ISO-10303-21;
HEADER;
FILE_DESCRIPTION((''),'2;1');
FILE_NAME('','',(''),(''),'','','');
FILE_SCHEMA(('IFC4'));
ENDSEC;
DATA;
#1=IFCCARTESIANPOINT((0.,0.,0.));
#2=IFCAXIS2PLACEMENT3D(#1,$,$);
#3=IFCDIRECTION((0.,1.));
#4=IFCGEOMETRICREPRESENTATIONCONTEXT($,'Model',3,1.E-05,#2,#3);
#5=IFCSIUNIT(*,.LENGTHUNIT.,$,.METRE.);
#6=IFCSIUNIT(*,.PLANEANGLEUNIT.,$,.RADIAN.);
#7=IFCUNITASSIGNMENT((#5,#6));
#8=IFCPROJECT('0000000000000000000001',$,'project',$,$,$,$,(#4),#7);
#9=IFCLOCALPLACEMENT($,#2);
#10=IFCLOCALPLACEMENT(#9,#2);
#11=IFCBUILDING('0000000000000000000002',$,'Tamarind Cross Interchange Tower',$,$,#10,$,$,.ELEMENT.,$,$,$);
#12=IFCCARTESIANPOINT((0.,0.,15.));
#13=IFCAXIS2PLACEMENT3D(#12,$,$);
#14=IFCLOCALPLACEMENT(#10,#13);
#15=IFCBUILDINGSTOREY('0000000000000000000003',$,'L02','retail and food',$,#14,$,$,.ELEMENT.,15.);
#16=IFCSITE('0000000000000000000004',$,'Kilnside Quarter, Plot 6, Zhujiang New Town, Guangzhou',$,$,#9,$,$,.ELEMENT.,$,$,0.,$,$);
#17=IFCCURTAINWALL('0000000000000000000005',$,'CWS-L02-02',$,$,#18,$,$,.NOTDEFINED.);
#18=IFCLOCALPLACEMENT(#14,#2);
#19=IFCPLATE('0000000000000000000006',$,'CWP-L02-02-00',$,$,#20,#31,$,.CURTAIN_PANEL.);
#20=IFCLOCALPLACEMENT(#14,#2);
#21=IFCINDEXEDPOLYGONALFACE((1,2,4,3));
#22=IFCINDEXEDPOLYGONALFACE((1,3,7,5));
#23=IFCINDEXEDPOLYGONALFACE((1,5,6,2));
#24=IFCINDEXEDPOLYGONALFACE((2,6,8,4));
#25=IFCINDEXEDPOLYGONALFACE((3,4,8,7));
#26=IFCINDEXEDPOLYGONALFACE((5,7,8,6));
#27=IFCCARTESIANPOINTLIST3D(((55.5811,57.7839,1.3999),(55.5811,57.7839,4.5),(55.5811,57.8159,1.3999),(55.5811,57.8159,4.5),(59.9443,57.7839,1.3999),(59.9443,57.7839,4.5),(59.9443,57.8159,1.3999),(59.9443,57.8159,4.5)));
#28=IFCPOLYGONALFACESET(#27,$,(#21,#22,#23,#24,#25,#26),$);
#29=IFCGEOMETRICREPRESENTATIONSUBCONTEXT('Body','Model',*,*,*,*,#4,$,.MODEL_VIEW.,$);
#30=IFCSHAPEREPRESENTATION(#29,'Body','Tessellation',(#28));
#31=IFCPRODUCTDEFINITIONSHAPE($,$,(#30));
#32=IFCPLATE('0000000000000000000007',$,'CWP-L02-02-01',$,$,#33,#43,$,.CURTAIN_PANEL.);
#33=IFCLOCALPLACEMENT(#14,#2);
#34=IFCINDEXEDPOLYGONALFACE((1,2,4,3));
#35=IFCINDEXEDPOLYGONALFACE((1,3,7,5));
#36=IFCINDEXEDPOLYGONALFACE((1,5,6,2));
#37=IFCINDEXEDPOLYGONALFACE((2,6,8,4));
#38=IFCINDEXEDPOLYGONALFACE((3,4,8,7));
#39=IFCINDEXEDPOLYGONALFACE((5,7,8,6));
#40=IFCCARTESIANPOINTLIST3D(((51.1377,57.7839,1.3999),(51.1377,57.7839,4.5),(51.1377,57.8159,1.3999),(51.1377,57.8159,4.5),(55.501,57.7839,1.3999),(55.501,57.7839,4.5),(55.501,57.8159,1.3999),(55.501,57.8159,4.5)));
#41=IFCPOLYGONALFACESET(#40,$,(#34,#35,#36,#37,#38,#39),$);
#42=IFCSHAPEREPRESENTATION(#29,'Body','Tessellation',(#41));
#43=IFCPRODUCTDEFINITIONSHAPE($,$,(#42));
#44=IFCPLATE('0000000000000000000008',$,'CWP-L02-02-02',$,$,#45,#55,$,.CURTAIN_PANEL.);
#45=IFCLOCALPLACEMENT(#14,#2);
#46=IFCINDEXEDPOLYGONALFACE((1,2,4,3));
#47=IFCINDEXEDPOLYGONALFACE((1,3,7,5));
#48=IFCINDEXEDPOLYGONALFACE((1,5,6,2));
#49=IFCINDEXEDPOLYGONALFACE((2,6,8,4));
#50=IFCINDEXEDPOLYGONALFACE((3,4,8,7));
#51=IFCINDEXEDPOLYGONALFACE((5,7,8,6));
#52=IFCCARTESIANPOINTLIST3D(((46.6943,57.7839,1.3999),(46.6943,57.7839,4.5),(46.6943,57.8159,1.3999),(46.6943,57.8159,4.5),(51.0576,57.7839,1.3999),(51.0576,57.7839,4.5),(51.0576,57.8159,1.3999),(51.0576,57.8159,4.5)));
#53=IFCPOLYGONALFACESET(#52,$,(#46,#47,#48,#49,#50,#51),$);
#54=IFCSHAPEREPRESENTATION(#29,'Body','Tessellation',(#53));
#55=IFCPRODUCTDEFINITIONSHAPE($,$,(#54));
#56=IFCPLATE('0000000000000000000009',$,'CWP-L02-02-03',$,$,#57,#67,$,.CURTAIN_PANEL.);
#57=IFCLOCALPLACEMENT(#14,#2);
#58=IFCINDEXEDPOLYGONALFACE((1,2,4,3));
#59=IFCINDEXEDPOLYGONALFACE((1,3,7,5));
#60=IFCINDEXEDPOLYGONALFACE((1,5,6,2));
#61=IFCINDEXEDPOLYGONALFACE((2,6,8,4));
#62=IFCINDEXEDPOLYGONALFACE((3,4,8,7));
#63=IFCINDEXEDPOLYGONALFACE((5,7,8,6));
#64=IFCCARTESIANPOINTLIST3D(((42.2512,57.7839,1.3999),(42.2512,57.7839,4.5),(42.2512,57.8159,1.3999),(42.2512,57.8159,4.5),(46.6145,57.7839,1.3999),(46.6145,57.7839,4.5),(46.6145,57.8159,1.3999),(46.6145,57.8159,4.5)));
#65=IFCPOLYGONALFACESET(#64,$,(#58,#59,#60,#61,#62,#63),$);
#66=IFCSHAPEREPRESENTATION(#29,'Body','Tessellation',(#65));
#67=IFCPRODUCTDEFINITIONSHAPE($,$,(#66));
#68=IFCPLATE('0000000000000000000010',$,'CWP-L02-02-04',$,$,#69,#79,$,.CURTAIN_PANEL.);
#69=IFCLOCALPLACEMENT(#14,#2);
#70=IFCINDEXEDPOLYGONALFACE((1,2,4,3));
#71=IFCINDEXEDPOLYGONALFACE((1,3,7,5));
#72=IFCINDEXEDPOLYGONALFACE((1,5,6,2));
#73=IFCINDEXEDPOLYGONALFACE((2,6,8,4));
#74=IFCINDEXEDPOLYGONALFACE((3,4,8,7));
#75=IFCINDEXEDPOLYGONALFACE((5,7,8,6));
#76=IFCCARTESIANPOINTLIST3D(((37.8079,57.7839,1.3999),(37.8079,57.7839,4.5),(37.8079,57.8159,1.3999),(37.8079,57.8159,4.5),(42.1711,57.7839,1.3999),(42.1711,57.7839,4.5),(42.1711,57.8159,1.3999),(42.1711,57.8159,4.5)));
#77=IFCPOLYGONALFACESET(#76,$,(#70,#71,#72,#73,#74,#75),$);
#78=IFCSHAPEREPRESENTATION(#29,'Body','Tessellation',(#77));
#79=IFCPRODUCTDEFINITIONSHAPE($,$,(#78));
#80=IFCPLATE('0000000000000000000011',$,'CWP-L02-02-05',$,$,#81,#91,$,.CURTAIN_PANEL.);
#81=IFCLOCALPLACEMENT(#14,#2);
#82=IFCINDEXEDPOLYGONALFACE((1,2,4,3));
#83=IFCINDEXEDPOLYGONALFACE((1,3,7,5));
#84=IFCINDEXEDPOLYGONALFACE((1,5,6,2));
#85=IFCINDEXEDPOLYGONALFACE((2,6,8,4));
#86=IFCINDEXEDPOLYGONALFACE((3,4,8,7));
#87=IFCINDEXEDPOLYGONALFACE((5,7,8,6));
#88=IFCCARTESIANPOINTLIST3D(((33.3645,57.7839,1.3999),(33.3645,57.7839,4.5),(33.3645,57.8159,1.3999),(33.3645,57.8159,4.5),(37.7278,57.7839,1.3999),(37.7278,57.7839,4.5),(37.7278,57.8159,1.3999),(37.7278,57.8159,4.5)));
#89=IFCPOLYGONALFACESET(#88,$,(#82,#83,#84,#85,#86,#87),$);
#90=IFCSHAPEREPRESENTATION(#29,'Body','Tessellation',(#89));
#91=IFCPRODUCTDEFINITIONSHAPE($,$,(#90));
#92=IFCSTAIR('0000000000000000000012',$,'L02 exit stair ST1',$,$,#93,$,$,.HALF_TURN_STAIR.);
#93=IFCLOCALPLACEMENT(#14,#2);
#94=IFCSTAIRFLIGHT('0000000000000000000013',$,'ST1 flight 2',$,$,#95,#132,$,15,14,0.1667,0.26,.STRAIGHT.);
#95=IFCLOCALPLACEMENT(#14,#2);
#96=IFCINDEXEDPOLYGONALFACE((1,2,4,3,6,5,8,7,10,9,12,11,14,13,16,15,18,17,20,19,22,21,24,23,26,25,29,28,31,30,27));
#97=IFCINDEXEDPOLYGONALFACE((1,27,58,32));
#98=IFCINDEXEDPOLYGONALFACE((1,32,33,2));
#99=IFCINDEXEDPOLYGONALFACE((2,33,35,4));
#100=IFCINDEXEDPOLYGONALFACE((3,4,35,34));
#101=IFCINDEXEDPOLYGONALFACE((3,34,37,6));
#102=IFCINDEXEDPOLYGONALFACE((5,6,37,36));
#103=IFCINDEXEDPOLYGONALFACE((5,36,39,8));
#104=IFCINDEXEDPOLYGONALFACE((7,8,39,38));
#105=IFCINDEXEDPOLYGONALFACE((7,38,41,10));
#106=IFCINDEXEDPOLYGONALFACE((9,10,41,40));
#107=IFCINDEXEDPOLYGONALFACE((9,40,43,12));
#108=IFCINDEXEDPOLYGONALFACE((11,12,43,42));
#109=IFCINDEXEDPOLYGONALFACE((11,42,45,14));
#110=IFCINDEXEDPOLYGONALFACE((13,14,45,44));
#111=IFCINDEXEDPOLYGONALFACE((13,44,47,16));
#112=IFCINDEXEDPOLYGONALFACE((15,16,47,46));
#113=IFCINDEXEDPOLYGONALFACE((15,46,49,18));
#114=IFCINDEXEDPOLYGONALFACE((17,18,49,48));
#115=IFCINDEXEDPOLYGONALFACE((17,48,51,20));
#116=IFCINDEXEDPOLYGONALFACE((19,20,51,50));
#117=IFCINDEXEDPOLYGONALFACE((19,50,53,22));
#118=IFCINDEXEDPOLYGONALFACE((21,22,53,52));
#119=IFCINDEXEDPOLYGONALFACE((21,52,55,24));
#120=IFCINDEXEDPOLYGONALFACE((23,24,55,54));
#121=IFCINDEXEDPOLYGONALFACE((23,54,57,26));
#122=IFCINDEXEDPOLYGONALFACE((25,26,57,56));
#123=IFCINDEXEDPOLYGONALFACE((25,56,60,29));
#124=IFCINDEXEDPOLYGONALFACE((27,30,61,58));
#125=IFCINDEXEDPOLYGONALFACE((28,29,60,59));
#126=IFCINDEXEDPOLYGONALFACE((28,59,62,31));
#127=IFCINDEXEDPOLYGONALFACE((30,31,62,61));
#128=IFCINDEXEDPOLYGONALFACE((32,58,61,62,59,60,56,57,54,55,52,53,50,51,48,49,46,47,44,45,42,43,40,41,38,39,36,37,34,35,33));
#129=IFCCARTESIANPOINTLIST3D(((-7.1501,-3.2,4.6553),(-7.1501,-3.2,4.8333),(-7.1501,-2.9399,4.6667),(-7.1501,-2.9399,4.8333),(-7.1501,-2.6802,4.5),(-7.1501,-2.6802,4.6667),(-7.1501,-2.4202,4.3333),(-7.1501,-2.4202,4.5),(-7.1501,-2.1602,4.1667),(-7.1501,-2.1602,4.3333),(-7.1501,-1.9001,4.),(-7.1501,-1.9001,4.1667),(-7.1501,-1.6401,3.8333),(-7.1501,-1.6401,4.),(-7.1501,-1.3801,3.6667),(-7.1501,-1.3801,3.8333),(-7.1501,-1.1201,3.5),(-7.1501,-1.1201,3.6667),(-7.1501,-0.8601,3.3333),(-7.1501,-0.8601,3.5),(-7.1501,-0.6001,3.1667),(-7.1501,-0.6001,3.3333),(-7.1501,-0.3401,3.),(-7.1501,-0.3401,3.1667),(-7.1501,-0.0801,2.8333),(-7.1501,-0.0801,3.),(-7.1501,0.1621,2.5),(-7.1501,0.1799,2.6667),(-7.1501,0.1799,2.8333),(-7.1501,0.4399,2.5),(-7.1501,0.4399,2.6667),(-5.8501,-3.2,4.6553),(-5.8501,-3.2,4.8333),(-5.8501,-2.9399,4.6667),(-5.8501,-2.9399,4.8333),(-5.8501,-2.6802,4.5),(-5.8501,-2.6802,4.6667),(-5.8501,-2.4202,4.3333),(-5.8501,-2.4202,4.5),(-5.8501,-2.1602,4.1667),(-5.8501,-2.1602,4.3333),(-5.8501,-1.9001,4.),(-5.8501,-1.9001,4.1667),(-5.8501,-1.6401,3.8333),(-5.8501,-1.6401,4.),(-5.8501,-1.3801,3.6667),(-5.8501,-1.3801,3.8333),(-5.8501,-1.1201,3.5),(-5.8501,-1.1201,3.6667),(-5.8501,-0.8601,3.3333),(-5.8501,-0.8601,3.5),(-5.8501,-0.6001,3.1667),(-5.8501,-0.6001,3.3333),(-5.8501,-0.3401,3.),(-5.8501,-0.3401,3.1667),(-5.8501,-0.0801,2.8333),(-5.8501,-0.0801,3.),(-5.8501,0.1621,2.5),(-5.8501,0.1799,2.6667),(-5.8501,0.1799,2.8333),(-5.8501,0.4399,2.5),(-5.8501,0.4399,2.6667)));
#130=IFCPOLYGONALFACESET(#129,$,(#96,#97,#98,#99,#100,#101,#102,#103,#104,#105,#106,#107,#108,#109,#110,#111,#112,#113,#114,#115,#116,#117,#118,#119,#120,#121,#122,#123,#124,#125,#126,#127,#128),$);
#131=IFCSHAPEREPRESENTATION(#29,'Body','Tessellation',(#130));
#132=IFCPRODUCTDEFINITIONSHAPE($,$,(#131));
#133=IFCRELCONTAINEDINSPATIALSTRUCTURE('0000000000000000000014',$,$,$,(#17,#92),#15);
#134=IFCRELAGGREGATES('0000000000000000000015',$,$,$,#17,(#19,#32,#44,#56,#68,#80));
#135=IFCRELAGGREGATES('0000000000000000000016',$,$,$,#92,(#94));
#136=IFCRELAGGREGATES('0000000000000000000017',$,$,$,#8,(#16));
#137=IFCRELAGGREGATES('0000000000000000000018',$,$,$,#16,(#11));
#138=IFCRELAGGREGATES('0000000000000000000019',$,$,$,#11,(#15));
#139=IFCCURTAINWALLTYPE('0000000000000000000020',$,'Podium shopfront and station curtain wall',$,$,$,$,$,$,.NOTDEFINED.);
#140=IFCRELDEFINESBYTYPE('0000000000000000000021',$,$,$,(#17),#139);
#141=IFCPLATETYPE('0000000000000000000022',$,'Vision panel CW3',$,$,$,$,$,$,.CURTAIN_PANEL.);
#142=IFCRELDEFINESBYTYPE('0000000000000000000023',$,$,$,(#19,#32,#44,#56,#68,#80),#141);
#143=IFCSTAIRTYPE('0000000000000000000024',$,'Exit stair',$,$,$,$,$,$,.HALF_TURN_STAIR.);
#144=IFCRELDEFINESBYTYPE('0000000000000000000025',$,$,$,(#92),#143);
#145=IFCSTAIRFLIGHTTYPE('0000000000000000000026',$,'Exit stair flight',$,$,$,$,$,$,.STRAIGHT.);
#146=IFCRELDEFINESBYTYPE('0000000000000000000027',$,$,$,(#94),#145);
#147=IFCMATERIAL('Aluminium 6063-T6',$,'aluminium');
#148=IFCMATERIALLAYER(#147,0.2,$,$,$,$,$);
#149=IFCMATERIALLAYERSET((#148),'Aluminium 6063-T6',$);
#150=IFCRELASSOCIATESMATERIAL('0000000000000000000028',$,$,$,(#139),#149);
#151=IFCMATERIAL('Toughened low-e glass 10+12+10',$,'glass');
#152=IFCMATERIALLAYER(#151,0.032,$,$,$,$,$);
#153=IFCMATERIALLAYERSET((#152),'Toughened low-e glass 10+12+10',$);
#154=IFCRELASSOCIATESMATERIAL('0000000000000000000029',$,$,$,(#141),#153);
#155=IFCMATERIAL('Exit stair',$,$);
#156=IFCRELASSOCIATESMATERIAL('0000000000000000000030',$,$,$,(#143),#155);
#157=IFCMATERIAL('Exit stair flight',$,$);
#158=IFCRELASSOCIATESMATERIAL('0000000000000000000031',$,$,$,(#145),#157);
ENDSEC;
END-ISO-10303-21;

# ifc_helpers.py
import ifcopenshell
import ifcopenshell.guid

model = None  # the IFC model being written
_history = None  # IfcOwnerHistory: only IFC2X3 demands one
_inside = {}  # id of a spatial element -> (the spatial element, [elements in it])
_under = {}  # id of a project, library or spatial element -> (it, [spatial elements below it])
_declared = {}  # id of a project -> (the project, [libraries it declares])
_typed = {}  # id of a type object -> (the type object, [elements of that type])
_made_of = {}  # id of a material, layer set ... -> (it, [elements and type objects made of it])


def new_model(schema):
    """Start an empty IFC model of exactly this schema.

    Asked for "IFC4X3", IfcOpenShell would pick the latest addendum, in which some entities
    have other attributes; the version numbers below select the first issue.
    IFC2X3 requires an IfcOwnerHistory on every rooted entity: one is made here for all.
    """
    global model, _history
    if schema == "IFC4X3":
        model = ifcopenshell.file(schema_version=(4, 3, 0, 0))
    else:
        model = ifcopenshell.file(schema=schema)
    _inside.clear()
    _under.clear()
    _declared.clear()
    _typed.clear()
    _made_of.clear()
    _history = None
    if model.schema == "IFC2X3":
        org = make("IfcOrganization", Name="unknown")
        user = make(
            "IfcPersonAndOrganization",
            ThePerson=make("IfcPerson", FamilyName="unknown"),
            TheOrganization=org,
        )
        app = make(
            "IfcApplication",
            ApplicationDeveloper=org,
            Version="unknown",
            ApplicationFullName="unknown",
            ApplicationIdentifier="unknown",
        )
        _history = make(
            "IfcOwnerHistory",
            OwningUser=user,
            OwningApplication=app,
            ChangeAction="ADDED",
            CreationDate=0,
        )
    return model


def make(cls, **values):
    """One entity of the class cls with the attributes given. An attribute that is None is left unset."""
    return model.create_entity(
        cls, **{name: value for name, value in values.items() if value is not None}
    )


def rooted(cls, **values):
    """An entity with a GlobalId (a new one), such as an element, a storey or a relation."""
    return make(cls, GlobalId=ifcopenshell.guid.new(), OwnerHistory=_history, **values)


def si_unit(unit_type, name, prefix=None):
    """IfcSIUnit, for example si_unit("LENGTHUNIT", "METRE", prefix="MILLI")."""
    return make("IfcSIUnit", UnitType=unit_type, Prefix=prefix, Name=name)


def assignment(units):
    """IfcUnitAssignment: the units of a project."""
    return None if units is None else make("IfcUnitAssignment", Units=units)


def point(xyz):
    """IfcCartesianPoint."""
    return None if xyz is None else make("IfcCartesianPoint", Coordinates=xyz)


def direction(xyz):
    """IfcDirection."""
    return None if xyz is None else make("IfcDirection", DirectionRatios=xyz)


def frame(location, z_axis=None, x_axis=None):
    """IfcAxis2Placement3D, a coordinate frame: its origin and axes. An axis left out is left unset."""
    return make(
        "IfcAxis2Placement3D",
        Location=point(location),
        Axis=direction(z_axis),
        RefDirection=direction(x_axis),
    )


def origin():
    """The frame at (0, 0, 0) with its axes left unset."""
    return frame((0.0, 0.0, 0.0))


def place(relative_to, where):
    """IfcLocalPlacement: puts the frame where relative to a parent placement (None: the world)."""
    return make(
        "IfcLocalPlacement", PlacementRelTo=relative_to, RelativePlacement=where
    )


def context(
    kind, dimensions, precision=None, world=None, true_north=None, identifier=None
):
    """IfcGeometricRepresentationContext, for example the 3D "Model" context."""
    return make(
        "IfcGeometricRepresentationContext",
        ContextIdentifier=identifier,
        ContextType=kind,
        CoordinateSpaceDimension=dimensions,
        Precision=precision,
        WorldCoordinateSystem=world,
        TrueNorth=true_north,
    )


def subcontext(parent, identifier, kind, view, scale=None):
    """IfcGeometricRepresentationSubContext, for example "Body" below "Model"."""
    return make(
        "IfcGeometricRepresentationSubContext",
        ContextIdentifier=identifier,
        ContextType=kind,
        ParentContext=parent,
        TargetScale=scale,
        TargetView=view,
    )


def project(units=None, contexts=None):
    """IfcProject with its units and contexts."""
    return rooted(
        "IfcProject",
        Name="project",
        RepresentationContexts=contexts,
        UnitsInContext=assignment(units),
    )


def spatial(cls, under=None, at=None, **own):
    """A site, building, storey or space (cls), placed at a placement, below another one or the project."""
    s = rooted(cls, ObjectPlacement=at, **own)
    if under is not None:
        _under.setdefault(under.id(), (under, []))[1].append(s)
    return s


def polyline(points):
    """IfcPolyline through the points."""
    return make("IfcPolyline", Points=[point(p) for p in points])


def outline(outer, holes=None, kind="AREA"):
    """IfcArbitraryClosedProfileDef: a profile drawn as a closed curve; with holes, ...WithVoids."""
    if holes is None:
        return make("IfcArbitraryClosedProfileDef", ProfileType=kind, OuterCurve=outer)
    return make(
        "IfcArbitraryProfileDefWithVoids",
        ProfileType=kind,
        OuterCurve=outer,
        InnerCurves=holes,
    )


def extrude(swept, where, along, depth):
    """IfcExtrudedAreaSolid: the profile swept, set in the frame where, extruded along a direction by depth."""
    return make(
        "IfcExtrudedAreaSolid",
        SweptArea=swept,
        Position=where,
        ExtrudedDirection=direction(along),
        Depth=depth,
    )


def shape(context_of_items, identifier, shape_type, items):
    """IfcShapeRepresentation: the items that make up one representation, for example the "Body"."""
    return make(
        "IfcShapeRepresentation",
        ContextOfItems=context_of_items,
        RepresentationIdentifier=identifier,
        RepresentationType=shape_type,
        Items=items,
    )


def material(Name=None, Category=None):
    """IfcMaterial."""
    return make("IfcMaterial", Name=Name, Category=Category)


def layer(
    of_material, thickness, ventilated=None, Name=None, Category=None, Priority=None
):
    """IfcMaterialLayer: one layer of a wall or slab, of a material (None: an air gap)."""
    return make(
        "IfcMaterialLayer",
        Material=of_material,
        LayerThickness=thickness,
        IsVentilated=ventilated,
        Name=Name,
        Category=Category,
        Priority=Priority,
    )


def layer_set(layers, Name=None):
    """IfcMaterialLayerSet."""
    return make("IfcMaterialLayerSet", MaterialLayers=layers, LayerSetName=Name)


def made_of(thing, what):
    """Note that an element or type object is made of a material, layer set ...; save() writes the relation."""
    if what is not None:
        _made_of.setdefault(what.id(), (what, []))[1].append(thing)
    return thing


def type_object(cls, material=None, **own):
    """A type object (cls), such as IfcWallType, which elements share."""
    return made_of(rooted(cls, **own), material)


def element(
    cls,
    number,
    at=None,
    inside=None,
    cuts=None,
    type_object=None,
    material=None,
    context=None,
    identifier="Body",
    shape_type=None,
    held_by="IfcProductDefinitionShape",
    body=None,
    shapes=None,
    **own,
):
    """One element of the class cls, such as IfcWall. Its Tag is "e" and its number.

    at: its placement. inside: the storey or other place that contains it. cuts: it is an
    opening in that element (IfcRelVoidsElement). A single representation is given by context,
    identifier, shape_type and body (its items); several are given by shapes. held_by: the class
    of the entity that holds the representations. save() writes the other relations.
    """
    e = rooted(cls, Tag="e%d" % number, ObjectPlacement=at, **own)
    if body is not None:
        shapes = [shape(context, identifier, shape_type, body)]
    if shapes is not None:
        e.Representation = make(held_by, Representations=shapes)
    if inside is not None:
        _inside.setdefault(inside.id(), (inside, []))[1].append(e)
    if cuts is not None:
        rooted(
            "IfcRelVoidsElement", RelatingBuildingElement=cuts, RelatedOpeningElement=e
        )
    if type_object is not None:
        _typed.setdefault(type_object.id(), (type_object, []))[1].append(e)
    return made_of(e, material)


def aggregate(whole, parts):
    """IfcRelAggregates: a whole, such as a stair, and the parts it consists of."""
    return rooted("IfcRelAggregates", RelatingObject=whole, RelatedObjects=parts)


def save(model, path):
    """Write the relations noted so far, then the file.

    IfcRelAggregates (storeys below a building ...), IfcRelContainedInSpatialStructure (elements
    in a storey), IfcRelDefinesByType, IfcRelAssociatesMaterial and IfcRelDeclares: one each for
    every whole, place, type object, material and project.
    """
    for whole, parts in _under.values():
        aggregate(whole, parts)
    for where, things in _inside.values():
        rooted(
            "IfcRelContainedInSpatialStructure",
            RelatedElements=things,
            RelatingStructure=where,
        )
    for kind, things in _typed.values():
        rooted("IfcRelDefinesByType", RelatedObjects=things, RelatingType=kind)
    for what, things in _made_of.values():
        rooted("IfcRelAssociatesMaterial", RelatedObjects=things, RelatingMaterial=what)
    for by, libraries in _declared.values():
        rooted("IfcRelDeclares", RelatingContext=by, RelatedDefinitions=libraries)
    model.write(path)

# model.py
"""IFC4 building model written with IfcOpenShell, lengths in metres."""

from ifc_helpers import new_model, si_unit, direction, frame, origin, place, context, subcontext, project, spatial, polyline, outline, extrude, material, layer, layer_set, type_object, element, aggregate, save


model = new_model("IFC4")

# Units and contexts
model_context = context("Model", 3, precision=1e-05, world=origin(), true_north=direction((0.0, 1.0)))
body_context = subcontext(model_context, "Body", "Model", "MODEL_VIEW")
ifc_project = project(units=[si_unit("LENGTHUNIT", "METRE"), si_unit("PLANEANGLEUNIT", "RADIAN")], contexts=[model_context])

# Site, building, storey
site_placement = place(None, origin())
site = spatial("IfcSite", under=ifc_project, at=site_placement, Name="Kilnside Quarter, Plot 6, Zhujiang New Town, Guangzhou", CompositionType="ELEMENT", RefElevation=0.0)
building_placement = place(site_placement, origin())
building = spatial("IfcBuilding", under=site, at=building_placement, Name="Tamarind Cross Interchange Tower", CompositionType="ELEMENT")
storey_placement = place(building_placement, frame((0.0, 0.0, 15.0)))
storey = spatial("IfcBuildingStorey", under=building, at=storey_placement, Name="L02", Description="retail and food", CompositionType="ELEMENT", Elevation=15.0)

# Shared definitions
ifc_material_1 = material(Name="Aluminium 6063-T6", Category="aluminium")
ifc_layer_1 = layer(ifc_material_1, 0.2)
ifc_layer_set_1 = layer_set([ifc_layer_1], Name="Aluminium 6063-T6")
curtain_wall_type = type_object("IfcCurtainWallType", Name="Podium shopfront and station curtain wall", PredefinedType="NOTDEFINED", material=ifc_layer_set_1)

# Shared definitions
ifc_material_2 = material(Name="Toughened low-e glass 10+12+10", Category="glass")
ifc_layer_2 = layer(ifc_material_2, 0.032)
ifc_layer_set_2 = layer_set([ifc_layer_2], Name="Toughened low-e glass 10+12+10")
plate_type = type_object("IfcPlateType", Name="Vision panel CW3", PredefinedType="CURTAIN_PANEL", material=ifc_layer_set_2)

# Curtain wall, plates
curtain_wall_1_placement = place(storey_placement, origin())
curtain_wall_1 = element("IfcCurtainWall", 1, at=curtain_wall_1_placement, inside=storey, type_object=curtain_wall_type, Name="CWS-L02-02", PredefinedType="NOTDEFINED")
plate_1_placement = place(storey_placement, frame((0.0, 0.0, 1.3999)))
plate_1 = element("IfcPlate", 2, at=plate_1_placement, type_object=plate_type, Name="CWP-L02-02-00", PredefinedType="CURTAIN_PANEL", context=body_context, shape_type="SweptSolid", body=[
    extrude(outline(polyline([(59.9443, 57.7839), (55.5811, 57.7839), (55.5811, 57.8159), (59.9443, 57.8159), (59.9443, 57.7839)])), origin(), (0.0, 0.0, 1.0), 3.1001),
])
plate_2_placement = place(storey_placement, frame((0.0, 0.0, 1.3999)))
plate_2 = element("IfcPlate", 3, at=plate_2_placement, type_object=plate_type, Name="CWP-L02-02-01", PredefinedType="CURTAIN_PANEL", context=body_context, shape_type="SweptSolid", body=[
    extrude(outline(polyline([(55.501, 57.7839), (51.1377, 57.7839), (51.1377, 57.8159), (55.501, 57.8159), (55.501, 57.7839)])), origin(), (0.0, 0.0, 1.0), 3.1001),
])
plate_3_placement = place(storey_placement, frame((0.0, 0.0, 1.3999)))
plate_3 = element("IfcPlate", 4, at=plate_3_placement, type_object=plate_type, Name="CWP-L02-02-02", PredefinedType="CURTAIN_PANEL", context=body_context, shape_type="SweptSolid", body=[
    extrude(outline(polyline([(51.0576, 57.7839), (46.6943, 57.7839), (46.6943, 57.8159), (51.0576, 57.8159), (51.0576, 57.7839)])), origin(), (0.0, 0.0, 1.0), 3.1001),
])
plate_4_placement = place(storey_placement, frame((0.0, 0.0, 1.3999)))
plate_4 = element("IfcPlate", 5, at=plate_4_placement, type_object=plate_type, Name="CWP-L02-02-03", PredefinedType="CURTAIN_PANEL", context=body_context, shape_type="SweptSolid", body=[
    extrude(outline(polyline([(46.6145, 57.7839), (42.2512, 57.7839), (42.2512, 57.8159), (46.6145, 57.8159), (46.6145, 57.7839)])), origin(), (0.0, 0.0, 1.0), 3.1001),
])
plate_5_placement = place(storey_placement, frame((0.0, 0.0, 1.3999)))
plate_5 = element("IfcPlate", 6, at=plate_5_placement, type_object=plate_type, Name="CWP-L02-02-04", PredefinedType="CURTAIN_PANEL", context=body_context, shape_type="SweptSolid", body=[
    extrude(outline(polyline([(42.1711, 57.7839), (37.8079, 57.7839), (37.8079, 57.8159), (42.1711, 57.8159), (42.1711, 57.7839)])), origin(), (0.0, 0.0, 1.0), 3.1001),
])
plate_6_placement = place(storey_placement, frame((0.0, 0.0, 1.3999)))
plate_6 = element("IfcPlate", 7, at=plate_6_placement, type_object=plate_type, Name="CWP-L02-02-05", PredefinedType="CURTAIN_PANEL", context=body_context, shape_type="SweptSolid", body=[
    extrude(outline(polyline([(37.7278, 57.7839), (33.3645, 57.7839), (33.3645, 57.8159), (37.7278, 57.8159), (37.7278, 57.7839)])), origin(), (0.0, 0.0, 1.0), 3.1001),
])
aggregate(curtain_wall_1, [plate_1, plate_2, plate_3, plate_4, plate_5, plate_6])

# Stair, stair flight
ifc_material_3 = material(Name="Exit stair")
stair_type = type_object("IfcStairType", Name="Exit stair", PredefinedType="HALF_TURN_STAIR", material=ifc_material_3)
stair_placement = place(storey_placement, origin())
stair = element("IfcStair", 8, at=stair_placement, inside=storey, type_object=stair_type, Name="L02 exit stair ST1", PredefinedType="HALF_TURN_STAIR")
ifc_material_4 = material(Name="Exit stair flight")
stair_flight_type = type_object("IfcStairFlightType", Name="Exit stair flight", PredefinedType="STRAIGHT", material=ifc_material_4)
stair_flight_placement = place(storey_placement, frame((-6.5, 0.4399, 2.5), z_axis=(0.0, 0.0, 1.0), x_axis=(0.0, -1.0, 0.0)))
stair_flight = element("IfcStairFlight", 9, at=stair_flight_placement, type_object=stair_flight_type, Name="ST1 flight 2", NumberOfRisers=15, NumberOfTreads=14, PredefinedType="STRAIGHT", RiserHeight=0.1667, TreadLength=0.26, context=body_context, shape_type="SweptSolid", body=[
    extrude(outline(polyline([(0.0, 0.0), (0.0, 0.1667), (0.26, 0.1667), (0.26, 0.3333), (0.52, 0.3333), (0.52, 0.5), (0.78, 0.5), (0.78, 0.6667), (1.04, 0.6667), (1.04, 0.8333), (1.3, 0.8333), (1.3, 1.0), (1.5601, 1.0), (1.5601, 1.1667), (1.8201, 1.1667), (1.8201, 1.3333), (2.0801, 1.3333), (2.0801, 1.5), (2.3401, 1.5), (2.3401, 1.6667), (2.6001, 1.6667), (2.6001, 1.8333), (2.8601, 1.8333), (2.8601, 2.0), (3.1201, 2.0), (3.1201, 2.1667), (3.3799, 2.1667), (3.3799, 2.3333), (3.6399, 2.3333), (3.6399, 2.5), (3.6399, 2.1553), (0.2778, 0.0), (0.0, 0.0)])), frame((0.0, 0.6499, 0.0), z_axis=(0.0, -1.0, 0.0), x_axis=(1.0, 0.0, 0.0)), (0.0, 0.0, 1.0), 1.3),
])
aggregate(stair, [stair_flight])

save(model, "model.ifc")
